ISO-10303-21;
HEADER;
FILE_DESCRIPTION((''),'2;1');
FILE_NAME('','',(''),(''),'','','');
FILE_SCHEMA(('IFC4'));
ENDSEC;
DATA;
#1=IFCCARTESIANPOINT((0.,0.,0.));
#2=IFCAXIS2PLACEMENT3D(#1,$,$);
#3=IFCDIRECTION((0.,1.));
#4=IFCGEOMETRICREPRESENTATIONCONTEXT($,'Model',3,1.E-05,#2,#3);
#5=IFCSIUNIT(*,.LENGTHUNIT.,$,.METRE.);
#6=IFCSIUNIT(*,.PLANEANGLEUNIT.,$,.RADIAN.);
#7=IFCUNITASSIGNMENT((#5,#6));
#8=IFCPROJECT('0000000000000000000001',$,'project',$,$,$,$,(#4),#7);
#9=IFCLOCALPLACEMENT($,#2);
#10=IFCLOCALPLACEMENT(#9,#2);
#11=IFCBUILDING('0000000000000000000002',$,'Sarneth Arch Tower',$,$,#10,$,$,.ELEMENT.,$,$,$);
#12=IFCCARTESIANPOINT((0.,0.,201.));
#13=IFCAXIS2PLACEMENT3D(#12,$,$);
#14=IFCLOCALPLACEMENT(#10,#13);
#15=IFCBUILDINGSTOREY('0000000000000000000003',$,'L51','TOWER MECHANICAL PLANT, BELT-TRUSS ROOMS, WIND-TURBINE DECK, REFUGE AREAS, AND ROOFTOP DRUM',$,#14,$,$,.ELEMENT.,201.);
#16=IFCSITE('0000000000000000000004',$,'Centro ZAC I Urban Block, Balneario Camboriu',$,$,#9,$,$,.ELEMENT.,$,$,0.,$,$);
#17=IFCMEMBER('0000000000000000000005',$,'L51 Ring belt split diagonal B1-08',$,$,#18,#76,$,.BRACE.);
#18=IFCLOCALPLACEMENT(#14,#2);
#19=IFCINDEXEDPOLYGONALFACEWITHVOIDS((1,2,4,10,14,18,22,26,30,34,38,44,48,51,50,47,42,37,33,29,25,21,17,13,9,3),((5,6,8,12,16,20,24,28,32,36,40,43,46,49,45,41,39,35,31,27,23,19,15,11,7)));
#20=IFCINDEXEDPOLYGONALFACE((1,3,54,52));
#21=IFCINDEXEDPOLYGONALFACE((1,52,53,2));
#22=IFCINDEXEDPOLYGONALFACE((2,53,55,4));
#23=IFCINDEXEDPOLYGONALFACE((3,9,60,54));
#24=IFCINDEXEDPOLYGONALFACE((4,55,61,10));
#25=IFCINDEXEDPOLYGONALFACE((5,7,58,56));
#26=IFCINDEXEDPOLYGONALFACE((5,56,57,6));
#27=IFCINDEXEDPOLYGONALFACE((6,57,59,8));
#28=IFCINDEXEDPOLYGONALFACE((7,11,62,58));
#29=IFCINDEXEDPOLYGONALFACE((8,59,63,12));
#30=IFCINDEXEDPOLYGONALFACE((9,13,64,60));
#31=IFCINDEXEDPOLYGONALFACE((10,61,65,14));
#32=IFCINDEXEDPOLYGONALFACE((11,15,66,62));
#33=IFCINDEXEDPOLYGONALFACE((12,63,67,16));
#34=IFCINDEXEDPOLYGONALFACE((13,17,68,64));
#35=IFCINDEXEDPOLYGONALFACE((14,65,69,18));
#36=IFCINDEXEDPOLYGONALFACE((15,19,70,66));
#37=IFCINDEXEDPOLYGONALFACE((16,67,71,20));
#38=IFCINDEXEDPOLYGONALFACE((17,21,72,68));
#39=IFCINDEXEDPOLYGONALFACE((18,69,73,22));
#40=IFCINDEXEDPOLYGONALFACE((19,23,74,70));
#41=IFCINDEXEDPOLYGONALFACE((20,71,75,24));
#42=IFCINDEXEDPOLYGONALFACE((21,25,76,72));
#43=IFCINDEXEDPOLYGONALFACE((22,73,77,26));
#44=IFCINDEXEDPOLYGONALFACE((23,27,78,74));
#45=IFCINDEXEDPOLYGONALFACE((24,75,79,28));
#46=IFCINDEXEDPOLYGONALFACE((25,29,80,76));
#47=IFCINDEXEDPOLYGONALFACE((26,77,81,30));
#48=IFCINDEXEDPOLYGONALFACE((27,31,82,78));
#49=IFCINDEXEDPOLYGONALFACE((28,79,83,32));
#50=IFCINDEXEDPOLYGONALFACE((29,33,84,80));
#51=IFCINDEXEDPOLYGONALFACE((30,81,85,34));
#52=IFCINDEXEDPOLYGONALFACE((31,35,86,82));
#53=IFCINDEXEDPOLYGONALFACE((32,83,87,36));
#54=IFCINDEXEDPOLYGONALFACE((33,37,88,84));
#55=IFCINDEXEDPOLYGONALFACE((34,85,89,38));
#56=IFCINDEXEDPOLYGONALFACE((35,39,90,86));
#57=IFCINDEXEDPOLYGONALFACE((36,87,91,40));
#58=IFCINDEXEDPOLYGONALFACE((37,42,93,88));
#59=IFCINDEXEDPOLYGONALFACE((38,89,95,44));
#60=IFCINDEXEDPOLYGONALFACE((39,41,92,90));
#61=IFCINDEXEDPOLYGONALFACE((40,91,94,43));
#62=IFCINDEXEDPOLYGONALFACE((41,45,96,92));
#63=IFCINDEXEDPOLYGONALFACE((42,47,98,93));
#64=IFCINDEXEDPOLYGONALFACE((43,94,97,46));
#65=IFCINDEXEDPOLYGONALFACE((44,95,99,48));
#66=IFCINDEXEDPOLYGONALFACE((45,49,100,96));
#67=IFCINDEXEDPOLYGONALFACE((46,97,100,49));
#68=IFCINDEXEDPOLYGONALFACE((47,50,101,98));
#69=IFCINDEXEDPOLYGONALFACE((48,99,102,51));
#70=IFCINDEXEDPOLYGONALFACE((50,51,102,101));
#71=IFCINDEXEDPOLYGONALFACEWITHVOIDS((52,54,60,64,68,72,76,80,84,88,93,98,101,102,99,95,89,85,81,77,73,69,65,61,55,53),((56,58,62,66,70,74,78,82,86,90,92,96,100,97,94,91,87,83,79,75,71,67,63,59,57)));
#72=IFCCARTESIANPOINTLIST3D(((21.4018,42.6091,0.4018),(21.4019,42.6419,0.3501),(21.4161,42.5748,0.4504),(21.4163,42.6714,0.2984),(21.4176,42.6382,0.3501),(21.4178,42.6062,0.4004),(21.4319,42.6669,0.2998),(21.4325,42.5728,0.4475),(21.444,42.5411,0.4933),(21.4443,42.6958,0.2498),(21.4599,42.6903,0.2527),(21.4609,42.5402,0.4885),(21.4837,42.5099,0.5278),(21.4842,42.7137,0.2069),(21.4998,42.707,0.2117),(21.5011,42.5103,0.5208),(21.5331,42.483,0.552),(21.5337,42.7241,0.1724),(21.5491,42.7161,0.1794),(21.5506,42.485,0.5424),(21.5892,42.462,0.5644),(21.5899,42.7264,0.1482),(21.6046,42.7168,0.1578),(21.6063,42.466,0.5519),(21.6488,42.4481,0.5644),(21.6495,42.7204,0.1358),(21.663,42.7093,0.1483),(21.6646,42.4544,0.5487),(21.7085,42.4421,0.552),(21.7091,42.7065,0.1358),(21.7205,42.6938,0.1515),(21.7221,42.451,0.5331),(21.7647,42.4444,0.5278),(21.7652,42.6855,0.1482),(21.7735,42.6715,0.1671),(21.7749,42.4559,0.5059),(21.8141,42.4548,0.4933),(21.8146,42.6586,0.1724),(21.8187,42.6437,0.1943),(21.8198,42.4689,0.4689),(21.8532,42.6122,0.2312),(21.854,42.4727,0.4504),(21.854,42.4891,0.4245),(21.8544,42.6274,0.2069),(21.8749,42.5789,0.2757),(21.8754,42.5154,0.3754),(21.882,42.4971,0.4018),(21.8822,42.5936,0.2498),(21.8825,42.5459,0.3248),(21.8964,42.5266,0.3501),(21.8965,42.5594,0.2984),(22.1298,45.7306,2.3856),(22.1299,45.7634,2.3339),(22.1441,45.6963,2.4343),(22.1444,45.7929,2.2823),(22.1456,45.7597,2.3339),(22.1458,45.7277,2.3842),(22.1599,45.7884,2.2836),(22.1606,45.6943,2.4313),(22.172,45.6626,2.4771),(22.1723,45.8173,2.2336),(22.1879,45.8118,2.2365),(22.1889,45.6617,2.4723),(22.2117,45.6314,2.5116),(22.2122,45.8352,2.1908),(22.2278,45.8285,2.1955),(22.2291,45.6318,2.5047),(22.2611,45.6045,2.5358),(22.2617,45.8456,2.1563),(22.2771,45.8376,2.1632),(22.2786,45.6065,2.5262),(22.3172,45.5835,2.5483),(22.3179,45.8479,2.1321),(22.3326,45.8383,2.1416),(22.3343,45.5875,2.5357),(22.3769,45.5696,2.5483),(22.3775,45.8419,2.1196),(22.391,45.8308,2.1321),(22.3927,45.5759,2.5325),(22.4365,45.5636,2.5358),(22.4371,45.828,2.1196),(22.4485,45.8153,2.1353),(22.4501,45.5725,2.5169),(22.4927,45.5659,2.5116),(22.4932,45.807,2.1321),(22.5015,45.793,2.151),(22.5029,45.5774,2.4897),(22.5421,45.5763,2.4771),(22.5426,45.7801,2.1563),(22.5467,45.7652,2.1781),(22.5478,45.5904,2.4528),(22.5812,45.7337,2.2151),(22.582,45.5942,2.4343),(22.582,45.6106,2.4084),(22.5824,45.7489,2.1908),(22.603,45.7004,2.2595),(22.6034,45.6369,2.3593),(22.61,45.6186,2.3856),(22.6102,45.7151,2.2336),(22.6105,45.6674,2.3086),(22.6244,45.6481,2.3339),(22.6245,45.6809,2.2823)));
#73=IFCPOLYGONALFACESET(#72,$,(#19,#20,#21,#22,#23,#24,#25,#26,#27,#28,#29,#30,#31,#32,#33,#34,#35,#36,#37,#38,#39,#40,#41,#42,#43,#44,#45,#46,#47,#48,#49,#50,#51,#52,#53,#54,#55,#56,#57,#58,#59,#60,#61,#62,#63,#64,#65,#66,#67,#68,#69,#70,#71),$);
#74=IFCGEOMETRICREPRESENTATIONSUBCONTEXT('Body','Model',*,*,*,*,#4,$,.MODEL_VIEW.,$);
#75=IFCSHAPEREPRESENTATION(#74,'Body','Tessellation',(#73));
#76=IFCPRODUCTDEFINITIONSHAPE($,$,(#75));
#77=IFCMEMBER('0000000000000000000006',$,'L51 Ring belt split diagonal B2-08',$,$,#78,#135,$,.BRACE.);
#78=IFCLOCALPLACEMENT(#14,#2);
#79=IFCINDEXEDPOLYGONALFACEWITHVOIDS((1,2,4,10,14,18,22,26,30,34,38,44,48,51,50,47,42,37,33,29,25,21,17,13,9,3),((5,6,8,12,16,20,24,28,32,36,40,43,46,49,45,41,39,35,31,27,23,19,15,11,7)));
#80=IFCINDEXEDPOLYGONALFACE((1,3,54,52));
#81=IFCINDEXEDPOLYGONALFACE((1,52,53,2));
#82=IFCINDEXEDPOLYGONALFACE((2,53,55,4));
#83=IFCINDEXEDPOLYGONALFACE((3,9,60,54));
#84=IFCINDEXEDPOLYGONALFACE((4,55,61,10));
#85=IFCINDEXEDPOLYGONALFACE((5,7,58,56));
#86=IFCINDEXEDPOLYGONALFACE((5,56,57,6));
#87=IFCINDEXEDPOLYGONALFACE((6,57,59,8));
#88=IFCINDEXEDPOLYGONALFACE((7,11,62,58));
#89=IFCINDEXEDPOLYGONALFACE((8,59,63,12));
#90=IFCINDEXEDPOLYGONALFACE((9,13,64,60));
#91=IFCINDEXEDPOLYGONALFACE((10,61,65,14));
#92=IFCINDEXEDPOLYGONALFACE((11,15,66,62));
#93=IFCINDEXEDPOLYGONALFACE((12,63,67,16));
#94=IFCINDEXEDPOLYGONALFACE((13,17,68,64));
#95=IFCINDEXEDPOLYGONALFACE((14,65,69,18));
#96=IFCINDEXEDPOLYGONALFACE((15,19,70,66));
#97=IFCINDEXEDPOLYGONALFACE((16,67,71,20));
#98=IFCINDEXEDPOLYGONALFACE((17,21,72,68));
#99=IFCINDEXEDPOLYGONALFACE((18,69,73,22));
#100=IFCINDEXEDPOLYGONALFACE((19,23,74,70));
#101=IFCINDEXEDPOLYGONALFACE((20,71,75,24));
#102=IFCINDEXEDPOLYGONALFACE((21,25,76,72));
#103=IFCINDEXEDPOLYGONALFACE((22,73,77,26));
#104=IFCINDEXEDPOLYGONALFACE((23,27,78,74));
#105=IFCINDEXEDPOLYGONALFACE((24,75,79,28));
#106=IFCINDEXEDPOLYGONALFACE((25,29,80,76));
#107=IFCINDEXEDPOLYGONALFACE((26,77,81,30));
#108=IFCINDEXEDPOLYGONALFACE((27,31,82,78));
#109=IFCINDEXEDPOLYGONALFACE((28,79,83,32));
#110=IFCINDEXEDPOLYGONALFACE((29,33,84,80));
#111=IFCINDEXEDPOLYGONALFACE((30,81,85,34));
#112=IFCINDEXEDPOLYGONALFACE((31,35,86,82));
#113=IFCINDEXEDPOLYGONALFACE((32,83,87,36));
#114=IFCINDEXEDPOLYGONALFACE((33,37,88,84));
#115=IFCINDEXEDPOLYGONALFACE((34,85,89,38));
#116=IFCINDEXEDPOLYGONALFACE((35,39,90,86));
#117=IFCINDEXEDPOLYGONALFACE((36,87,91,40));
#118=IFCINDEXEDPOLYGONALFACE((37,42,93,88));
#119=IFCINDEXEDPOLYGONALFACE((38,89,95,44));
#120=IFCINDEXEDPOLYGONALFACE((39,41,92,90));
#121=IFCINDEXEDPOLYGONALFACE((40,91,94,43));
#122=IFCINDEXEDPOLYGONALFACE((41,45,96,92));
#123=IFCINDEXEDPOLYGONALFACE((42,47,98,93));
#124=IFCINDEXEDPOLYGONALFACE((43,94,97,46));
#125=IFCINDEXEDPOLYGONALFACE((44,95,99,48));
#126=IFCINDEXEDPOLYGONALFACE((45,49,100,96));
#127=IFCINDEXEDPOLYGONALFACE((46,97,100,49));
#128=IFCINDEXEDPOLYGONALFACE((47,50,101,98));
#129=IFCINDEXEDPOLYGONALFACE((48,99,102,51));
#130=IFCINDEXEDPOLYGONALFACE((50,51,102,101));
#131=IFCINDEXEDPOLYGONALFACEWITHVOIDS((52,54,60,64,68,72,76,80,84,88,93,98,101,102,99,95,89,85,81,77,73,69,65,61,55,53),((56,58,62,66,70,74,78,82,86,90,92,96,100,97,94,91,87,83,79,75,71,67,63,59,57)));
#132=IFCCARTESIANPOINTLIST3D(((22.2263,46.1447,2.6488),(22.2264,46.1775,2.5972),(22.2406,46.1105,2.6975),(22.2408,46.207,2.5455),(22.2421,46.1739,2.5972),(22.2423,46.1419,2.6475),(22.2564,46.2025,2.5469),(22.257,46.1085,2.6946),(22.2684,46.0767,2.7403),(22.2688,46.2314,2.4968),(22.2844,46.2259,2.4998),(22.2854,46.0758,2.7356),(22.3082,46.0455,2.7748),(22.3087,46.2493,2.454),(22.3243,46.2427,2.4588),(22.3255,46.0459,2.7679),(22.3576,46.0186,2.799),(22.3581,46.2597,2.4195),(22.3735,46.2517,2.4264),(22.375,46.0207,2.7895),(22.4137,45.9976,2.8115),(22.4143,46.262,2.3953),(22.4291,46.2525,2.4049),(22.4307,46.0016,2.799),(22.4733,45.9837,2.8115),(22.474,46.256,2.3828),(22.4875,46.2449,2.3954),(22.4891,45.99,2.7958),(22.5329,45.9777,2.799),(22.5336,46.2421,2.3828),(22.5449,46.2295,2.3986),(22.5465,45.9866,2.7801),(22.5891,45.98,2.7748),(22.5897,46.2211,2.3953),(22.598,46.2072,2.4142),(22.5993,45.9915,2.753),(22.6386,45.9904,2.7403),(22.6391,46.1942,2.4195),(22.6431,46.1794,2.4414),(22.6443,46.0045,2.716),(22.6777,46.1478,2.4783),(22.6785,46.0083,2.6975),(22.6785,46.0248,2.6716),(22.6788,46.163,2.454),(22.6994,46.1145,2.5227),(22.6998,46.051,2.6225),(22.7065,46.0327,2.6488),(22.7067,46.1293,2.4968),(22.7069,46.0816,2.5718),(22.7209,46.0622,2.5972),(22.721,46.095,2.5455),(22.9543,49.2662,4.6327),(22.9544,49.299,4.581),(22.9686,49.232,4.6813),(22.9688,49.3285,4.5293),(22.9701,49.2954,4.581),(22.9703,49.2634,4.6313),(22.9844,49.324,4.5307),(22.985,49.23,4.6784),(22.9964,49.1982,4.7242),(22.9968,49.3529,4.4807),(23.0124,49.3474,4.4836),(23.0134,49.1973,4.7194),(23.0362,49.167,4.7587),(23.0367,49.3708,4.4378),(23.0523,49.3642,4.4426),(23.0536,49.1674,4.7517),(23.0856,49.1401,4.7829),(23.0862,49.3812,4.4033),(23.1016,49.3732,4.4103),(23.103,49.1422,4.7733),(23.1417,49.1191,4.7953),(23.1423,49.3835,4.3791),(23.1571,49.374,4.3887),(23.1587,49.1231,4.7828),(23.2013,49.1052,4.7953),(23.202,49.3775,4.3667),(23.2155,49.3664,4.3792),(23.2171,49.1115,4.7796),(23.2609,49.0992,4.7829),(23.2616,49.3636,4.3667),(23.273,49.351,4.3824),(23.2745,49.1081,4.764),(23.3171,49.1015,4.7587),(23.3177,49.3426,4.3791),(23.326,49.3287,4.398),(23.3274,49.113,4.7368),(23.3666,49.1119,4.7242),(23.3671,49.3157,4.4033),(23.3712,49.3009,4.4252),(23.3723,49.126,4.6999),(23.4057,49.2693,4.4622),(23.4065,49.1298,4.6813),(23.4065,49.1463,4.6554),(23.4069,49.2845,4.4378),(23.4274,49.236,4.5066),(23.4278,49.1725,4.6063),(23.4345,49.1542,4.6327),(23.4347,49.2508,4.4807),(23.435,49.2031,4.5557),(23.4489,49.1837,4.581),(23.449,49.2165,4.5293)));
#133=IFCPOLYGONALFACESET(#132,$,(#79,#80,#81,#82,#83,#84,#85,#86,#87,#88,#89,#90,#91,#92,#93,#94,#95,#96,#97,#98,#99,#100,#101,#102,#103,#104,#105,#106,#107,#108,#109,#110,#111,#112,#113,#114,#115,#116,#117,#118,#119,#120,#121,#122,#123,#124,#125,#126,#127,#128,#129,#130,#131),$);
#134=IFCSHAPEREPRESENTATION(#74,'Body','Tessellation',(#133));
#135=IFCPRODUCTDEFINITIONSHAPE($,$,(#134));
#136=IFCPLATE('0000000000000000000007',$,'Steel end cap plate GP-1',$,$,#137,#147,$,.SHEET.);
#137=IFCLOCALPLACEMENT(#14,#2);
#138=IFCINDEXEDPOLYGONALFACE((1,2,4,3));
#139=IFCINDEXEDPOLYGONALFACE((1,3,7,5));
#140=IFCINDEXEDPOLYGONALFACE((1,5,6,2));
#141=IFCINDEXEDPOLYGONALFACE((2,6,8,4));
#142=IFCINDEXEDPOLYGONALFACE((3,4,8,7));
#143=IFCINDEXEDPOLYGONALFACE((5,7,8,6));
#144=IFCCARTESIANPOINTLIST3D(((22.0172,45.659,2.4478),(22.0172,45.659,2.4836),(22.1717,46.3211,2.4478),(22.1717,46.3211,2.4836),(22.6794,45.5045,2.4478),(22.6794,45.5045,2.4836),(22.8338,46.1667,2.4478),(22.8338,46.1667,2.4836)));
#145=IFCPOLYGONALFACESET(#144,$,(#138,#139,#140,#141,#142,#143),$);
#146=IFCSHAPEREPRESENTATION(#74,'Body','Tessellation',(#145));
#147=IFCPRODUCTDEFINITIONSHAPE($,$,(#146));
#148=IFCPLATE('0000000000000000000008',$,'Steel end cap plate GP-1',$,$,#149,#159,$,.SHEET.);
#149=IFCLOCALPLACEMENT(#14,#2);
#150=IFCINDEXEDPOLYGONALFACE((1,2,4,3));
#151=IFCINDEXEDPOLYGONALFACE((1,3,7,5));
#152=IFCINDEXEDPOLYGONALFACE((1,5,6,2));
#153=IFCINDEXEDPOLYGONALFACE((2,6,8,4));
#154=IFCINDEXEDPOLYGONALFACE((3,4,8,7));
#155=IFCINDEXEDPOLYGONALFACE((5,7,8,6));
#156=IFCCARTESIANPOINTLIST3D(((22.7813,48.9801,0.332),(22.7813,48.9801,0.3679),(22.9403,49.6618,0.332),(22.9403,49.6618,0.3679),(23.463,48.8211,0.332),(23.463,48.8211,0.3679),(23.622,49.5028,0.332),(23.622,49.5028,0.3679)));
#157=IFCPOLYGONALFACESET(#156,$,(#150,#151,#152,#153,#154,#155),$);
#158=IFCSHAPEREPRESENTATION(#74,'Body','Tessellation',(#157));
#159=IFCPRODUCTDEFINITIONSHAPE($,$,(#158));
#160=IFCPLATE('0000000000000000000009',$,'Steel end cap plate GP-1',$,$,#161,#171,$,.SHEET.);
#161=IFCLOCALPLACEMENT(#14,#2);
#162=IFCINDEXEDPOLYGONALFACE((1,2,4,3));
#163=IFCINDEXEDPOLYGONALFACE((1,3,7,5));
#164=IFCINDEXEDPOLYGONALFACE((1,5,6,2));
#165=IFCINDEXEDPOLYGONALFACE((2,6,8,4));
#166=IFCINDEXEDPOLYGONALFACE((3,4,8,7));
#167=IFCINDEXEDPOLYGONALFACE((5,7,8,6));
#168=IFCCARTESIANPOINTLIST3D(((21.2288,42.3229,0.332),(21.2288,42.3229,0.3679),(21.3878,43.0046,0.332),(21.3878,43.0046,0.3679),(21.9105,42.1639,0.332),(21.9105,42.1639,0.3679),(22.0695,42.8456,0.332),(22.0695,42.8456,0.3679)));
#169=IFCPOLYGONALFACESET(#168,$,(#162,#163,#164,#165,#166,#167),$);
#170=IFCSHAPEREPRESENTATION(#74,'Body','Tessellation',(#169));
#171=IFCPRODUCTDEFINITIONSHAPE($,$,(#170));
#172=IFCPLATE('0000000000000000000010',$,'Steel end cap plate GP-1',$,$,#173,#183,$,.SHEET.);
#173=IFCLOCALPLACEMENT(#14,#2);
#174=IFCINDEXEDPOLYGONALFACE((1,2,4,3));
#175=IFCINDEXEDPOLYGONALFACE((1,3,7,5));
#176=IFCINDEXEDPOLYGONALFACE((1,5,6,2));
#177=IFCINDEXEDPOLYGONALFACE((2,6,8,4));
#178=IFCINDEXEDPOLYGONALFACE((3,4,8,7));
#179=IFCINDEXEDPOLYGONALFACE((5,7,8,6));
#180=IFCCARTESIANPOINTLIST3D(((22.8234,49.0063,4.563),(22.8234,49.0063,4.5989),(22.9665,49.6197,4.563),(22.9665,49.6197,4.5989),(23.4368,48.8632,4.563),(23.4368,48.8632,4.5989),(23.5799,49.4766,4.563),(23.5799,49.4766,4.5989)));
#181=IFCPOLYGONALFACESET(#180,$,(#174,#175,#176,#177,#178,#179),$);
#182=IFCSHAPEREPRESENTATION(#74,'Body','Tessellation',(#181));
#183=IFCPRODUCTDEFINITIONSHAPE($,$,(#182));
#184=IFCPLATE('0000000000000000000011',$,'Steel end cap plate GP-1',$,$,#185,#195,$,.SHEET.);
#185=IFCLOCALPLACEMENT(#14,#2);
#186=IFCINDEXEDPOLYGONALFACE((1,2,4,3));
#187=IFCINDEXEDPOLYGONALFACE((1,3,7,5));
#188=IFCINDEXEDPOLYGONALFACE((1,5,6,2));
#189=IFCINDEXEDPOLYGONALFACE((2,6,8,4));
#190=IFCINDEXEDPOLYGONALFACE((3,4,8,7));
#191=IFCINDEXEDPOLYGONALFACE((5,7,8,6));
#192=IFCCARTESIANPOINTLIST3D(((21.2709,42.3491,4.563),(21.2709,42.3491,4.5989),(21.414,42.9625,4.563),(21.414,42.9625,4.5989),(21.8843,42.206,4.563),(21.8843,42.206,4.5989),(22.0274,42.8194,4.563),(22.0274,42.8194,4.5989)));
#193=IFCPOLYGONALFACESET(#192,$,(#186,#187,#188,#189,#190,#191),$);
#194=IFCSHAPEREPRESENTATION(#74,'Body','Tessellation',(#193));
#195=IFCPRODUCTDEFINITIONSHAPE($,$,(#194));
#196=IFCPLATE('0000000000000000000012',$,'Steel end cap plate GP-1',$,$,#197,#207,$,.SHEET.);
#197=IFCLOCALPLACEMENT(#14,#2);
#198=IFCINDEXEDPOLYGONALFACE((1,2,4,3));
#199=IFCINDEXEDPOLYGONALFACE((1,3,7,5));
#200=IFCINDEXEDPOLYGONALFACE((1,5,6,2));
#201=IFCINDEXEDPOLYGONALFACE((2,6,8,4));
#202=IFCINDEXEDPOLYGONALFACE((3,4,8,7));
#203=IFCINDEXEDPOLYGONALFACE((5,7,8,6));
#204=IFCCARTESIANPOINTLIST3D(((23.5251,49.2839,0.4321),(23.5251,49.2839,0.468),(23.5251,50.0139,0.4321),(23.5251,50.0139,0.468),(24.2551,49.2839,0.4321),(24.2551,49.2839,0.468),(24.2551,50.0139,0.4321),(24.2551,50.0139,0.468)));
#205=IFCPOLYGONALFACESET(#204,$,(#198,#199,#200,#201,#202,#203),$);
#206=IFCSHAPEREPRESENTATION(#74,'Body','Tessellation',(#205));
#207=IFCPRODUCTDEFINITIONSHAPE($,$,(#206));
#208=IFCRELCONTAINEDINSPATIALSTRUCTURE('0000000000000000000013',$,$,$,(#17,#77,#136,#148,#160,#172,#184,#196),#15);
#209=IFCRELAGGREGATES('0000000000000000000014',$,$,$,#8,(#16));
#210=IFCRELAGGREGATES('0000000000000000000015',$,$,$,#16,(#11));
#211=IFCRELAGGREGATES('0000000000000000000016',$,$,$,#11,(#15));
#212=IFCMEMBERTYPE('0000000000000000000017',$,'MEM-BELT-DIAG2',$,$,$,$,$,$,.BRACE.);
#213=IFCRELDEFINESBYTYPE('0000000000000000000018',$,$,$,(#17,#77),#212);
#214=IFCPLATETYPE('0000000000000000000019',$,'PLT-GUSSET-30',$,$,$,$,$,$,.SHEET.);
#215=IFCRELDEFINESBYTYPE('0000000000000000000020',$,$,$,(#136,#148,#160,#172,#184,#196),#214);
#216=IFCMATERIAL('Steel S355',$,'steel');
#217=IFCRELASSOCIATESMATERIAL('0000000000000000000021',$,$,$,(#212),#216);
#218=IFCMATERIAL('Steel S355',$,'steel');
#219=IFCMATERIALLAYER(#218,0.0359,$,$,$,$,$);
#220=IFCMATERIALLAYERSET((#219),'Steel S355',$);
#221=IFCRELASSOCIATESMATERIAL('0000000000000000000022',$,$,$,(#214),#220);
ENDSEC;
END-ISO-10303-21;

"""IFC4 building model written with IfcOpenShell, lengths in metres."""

from ifc_helpers import new_model, si_unit, direction, frame, origin, origin_2d, place, context, subcontext, project, spatial, rectangle, hollow_circle, extrude, material, layer, layer_set, material_profile, profile_set, type_object, element, save


model = new_model("IFC4")

# Units and contexts
model_context = context("Model", 3, precision=1e-05, world=origin(), true_north=direction((0.0, 1.0)))
body_context = subcontext(model_context, "Body", "Model", "MODEL_VIEW")
ifc_project = project(units=[si_unit("LENGTHUNIT", "METRE"), si_unit("PLANEANGLEUNIT", "RADIAN")], contexts=[model_context])

# Site, building, storey
site_placement = place(None, origin())
site = spatial("IfcSite", under=ifc_project, at=site_placement, Name="Centro ZAC I Urban Block, Balneario Camboriu", CompositionType="ELEMENT", RefElevation=0.0)
building_placement = place(site_placement, origin())
building = spatial("IfcBuilding", under=site, at=building_placement, Name="Sarneth Arch Tower", CompositionType="ELEMENT")
storey_placement = place(building_placement, frame((0.0, 0.0, 201.0)))
storey = spatial("IfcBuildingStorey", under=building, at=storey_placement, Name="L51", Description="TOWER MECHANICAL PLANT, BELT-TRUSS ROOMS, WIND-TURBINE DECK, REFUGE AREAS, AND ROOFTOP DRUM", CompositionType="ELEMENT", Elevation=201.0)

# Members
ifc_material_1 = material(Name="Steel S355", Category="steel")
ifc_material_profile_1 = material_profile(ifc_material_1, hollow_circle(Radius=0.2539, WallThickness=0.0161, at=origin_2d()), Name="CHS508x16")
ifc_profile_set_1 = profile_set([ifc_material_profile_1], Name="Steel S355")
member_type_1 = type_object("IfcMemberType", Name="MEM-BELT-DIAG2", PredefinedType="BRACE", material=ifc_profile_set_1)
for number, where, z_axis, x_axis, name in (
    (1, (21.6492, 42.5842, 0.3501), (0.19313, 0.828087, 0.526282), (-0.973865, 0.227128, 0.0), "L51 Ring belt split diagonal B1-08"),
    (2, (22.4736, 46.1199, 2.5972), (0.19313, 0.828087, 0.526282), (-0.973865, 0.227128, 0.0), "L51 Ring belt split diagonal B2-08"),
):
    element("IfcMember", number, at=place(storey_placement, frame(where, z_axis=z_axis, x_axis=x_axis)), inside=storey, type_object=member_type_1, Name=name, PredefinedType="BRACE", context=body_context, shape_type="SweptSolid", body=[
        extrude(hollow_circle(Radius=0.2539, WallThickness=0.0161, at=origin_2d()), origin(), (0.0, 0.0, 1.0), 3.7695),
    ])

# Plates
ifc_material_2 = material(Name="Steel S355", Category="steel")
ifc_layer_1 = layer(ifc_material_2, 0.0359)
ifc_layer_set_1 = layer_set([ifc_layer_1], Name="Steel S355")
plate_type_1 = type_object("IfcPlateType", Name="PLT-GUSSET-30", PredefinedType="SHEET", material=ifc_layer_set_1)
plate_placement = place(storey_placement, frame((22.4255, 45.9128, 2.4478), z_axis=(0.0, 0.0, 1.0), x_axis=(-0.227161, -0.973857, 0.0)))
element("IfcPlate", 3, at=plate_placement, inside=storey, type_object=plate_type_1, Name="Steel end cap plate GP-1", PredefinedType="SHEET", context=body_context, shape_type="SweptSolid", body=[
    extrude(rectangle(XDim=0.6799, YDim=0.6799, at=origin_2d()), origin(), (0.0, 0.0, 1.0), 0.0359),
])
for number, where, z_axis, x_axis, name in (
    (4, (23.2017, 49.2415, 0.332), (0.0, 0.0, 1.0), (0.227161, 0.973857, 0.0), "Steel end cap plate GP-1"),
    (5, (21.6492, 42.5842, 0.332), (0.0, 0.0, 1.0), (-0.227161, -0.973857, 0.0), "Steel end cap plate GP-1"),
):
    element("IfcPlate", number, at=place(storey_placement, frame(where, z_axis=z_axis, x_axis=x_axis)), inside=storey, type_object=plate_type_1, Name=name, PredefinedType="SHEET", context=body_context, shape_type="SweptSolid", body=[
        extrude(rectangle(XDim=0.7, YDim=0.7, at=origin_2d()), origin(), (0.0, 0.0, 1.0), 0.0359),
    ])
for number, where, z_axis, x_axis, name in (
    (6, (23.2017, 49.2415, 4.563), (0.0, 0.0, 1.0), (0.227161, 0.973857, 0.0), "Steel end cap plate GP-1"),
    (7, (21.6492, 42.5842, 4.563), (0.0, 0.0, 1.0), (-0.227161, -0.973857, 0.0), "Steel end cap plate GP-1"),
):
    element("IfcPlate", number, at=place(storey_placement, frame(where, z_axis=z_axis, x_axis=x_axis)), inside=storey, type_object=plate_type_1, Name=name, PredefinedType="SHEET", context=body_context, shape_type="SweptSolid", body=[
        extrude(rectangle(XDim=0.6299, YDim=0.6299, at=origin_2d()), origin(), (0.0, 0.0, 1.0), 0.0359),
    ])
for number, where, z_axis, x_axis, name in (
    (8, (23.8901, 49.6489, 0.4321), (0.0, 0.0, 1.0), (1.0, 0.0, 0.0), "Steel end cap plate GP-1"),
):
    element("IfcPlate", number, at=place(storey_placement, frame(where, z_axis=z_axis, x_axis=x_axis)), inside=storey, type_object=plate_type_1, Name=name, PredefinedType="SHEET", context=body_context, shape_type="SweptSolid", body=[
        extrude(rectangle(XDim=0.73, YDim=0.73, at=origin_2d()), origin(), (0.0, 0.0, 1.0), 0.0359),
    ])

save(model, "model.ifc")
